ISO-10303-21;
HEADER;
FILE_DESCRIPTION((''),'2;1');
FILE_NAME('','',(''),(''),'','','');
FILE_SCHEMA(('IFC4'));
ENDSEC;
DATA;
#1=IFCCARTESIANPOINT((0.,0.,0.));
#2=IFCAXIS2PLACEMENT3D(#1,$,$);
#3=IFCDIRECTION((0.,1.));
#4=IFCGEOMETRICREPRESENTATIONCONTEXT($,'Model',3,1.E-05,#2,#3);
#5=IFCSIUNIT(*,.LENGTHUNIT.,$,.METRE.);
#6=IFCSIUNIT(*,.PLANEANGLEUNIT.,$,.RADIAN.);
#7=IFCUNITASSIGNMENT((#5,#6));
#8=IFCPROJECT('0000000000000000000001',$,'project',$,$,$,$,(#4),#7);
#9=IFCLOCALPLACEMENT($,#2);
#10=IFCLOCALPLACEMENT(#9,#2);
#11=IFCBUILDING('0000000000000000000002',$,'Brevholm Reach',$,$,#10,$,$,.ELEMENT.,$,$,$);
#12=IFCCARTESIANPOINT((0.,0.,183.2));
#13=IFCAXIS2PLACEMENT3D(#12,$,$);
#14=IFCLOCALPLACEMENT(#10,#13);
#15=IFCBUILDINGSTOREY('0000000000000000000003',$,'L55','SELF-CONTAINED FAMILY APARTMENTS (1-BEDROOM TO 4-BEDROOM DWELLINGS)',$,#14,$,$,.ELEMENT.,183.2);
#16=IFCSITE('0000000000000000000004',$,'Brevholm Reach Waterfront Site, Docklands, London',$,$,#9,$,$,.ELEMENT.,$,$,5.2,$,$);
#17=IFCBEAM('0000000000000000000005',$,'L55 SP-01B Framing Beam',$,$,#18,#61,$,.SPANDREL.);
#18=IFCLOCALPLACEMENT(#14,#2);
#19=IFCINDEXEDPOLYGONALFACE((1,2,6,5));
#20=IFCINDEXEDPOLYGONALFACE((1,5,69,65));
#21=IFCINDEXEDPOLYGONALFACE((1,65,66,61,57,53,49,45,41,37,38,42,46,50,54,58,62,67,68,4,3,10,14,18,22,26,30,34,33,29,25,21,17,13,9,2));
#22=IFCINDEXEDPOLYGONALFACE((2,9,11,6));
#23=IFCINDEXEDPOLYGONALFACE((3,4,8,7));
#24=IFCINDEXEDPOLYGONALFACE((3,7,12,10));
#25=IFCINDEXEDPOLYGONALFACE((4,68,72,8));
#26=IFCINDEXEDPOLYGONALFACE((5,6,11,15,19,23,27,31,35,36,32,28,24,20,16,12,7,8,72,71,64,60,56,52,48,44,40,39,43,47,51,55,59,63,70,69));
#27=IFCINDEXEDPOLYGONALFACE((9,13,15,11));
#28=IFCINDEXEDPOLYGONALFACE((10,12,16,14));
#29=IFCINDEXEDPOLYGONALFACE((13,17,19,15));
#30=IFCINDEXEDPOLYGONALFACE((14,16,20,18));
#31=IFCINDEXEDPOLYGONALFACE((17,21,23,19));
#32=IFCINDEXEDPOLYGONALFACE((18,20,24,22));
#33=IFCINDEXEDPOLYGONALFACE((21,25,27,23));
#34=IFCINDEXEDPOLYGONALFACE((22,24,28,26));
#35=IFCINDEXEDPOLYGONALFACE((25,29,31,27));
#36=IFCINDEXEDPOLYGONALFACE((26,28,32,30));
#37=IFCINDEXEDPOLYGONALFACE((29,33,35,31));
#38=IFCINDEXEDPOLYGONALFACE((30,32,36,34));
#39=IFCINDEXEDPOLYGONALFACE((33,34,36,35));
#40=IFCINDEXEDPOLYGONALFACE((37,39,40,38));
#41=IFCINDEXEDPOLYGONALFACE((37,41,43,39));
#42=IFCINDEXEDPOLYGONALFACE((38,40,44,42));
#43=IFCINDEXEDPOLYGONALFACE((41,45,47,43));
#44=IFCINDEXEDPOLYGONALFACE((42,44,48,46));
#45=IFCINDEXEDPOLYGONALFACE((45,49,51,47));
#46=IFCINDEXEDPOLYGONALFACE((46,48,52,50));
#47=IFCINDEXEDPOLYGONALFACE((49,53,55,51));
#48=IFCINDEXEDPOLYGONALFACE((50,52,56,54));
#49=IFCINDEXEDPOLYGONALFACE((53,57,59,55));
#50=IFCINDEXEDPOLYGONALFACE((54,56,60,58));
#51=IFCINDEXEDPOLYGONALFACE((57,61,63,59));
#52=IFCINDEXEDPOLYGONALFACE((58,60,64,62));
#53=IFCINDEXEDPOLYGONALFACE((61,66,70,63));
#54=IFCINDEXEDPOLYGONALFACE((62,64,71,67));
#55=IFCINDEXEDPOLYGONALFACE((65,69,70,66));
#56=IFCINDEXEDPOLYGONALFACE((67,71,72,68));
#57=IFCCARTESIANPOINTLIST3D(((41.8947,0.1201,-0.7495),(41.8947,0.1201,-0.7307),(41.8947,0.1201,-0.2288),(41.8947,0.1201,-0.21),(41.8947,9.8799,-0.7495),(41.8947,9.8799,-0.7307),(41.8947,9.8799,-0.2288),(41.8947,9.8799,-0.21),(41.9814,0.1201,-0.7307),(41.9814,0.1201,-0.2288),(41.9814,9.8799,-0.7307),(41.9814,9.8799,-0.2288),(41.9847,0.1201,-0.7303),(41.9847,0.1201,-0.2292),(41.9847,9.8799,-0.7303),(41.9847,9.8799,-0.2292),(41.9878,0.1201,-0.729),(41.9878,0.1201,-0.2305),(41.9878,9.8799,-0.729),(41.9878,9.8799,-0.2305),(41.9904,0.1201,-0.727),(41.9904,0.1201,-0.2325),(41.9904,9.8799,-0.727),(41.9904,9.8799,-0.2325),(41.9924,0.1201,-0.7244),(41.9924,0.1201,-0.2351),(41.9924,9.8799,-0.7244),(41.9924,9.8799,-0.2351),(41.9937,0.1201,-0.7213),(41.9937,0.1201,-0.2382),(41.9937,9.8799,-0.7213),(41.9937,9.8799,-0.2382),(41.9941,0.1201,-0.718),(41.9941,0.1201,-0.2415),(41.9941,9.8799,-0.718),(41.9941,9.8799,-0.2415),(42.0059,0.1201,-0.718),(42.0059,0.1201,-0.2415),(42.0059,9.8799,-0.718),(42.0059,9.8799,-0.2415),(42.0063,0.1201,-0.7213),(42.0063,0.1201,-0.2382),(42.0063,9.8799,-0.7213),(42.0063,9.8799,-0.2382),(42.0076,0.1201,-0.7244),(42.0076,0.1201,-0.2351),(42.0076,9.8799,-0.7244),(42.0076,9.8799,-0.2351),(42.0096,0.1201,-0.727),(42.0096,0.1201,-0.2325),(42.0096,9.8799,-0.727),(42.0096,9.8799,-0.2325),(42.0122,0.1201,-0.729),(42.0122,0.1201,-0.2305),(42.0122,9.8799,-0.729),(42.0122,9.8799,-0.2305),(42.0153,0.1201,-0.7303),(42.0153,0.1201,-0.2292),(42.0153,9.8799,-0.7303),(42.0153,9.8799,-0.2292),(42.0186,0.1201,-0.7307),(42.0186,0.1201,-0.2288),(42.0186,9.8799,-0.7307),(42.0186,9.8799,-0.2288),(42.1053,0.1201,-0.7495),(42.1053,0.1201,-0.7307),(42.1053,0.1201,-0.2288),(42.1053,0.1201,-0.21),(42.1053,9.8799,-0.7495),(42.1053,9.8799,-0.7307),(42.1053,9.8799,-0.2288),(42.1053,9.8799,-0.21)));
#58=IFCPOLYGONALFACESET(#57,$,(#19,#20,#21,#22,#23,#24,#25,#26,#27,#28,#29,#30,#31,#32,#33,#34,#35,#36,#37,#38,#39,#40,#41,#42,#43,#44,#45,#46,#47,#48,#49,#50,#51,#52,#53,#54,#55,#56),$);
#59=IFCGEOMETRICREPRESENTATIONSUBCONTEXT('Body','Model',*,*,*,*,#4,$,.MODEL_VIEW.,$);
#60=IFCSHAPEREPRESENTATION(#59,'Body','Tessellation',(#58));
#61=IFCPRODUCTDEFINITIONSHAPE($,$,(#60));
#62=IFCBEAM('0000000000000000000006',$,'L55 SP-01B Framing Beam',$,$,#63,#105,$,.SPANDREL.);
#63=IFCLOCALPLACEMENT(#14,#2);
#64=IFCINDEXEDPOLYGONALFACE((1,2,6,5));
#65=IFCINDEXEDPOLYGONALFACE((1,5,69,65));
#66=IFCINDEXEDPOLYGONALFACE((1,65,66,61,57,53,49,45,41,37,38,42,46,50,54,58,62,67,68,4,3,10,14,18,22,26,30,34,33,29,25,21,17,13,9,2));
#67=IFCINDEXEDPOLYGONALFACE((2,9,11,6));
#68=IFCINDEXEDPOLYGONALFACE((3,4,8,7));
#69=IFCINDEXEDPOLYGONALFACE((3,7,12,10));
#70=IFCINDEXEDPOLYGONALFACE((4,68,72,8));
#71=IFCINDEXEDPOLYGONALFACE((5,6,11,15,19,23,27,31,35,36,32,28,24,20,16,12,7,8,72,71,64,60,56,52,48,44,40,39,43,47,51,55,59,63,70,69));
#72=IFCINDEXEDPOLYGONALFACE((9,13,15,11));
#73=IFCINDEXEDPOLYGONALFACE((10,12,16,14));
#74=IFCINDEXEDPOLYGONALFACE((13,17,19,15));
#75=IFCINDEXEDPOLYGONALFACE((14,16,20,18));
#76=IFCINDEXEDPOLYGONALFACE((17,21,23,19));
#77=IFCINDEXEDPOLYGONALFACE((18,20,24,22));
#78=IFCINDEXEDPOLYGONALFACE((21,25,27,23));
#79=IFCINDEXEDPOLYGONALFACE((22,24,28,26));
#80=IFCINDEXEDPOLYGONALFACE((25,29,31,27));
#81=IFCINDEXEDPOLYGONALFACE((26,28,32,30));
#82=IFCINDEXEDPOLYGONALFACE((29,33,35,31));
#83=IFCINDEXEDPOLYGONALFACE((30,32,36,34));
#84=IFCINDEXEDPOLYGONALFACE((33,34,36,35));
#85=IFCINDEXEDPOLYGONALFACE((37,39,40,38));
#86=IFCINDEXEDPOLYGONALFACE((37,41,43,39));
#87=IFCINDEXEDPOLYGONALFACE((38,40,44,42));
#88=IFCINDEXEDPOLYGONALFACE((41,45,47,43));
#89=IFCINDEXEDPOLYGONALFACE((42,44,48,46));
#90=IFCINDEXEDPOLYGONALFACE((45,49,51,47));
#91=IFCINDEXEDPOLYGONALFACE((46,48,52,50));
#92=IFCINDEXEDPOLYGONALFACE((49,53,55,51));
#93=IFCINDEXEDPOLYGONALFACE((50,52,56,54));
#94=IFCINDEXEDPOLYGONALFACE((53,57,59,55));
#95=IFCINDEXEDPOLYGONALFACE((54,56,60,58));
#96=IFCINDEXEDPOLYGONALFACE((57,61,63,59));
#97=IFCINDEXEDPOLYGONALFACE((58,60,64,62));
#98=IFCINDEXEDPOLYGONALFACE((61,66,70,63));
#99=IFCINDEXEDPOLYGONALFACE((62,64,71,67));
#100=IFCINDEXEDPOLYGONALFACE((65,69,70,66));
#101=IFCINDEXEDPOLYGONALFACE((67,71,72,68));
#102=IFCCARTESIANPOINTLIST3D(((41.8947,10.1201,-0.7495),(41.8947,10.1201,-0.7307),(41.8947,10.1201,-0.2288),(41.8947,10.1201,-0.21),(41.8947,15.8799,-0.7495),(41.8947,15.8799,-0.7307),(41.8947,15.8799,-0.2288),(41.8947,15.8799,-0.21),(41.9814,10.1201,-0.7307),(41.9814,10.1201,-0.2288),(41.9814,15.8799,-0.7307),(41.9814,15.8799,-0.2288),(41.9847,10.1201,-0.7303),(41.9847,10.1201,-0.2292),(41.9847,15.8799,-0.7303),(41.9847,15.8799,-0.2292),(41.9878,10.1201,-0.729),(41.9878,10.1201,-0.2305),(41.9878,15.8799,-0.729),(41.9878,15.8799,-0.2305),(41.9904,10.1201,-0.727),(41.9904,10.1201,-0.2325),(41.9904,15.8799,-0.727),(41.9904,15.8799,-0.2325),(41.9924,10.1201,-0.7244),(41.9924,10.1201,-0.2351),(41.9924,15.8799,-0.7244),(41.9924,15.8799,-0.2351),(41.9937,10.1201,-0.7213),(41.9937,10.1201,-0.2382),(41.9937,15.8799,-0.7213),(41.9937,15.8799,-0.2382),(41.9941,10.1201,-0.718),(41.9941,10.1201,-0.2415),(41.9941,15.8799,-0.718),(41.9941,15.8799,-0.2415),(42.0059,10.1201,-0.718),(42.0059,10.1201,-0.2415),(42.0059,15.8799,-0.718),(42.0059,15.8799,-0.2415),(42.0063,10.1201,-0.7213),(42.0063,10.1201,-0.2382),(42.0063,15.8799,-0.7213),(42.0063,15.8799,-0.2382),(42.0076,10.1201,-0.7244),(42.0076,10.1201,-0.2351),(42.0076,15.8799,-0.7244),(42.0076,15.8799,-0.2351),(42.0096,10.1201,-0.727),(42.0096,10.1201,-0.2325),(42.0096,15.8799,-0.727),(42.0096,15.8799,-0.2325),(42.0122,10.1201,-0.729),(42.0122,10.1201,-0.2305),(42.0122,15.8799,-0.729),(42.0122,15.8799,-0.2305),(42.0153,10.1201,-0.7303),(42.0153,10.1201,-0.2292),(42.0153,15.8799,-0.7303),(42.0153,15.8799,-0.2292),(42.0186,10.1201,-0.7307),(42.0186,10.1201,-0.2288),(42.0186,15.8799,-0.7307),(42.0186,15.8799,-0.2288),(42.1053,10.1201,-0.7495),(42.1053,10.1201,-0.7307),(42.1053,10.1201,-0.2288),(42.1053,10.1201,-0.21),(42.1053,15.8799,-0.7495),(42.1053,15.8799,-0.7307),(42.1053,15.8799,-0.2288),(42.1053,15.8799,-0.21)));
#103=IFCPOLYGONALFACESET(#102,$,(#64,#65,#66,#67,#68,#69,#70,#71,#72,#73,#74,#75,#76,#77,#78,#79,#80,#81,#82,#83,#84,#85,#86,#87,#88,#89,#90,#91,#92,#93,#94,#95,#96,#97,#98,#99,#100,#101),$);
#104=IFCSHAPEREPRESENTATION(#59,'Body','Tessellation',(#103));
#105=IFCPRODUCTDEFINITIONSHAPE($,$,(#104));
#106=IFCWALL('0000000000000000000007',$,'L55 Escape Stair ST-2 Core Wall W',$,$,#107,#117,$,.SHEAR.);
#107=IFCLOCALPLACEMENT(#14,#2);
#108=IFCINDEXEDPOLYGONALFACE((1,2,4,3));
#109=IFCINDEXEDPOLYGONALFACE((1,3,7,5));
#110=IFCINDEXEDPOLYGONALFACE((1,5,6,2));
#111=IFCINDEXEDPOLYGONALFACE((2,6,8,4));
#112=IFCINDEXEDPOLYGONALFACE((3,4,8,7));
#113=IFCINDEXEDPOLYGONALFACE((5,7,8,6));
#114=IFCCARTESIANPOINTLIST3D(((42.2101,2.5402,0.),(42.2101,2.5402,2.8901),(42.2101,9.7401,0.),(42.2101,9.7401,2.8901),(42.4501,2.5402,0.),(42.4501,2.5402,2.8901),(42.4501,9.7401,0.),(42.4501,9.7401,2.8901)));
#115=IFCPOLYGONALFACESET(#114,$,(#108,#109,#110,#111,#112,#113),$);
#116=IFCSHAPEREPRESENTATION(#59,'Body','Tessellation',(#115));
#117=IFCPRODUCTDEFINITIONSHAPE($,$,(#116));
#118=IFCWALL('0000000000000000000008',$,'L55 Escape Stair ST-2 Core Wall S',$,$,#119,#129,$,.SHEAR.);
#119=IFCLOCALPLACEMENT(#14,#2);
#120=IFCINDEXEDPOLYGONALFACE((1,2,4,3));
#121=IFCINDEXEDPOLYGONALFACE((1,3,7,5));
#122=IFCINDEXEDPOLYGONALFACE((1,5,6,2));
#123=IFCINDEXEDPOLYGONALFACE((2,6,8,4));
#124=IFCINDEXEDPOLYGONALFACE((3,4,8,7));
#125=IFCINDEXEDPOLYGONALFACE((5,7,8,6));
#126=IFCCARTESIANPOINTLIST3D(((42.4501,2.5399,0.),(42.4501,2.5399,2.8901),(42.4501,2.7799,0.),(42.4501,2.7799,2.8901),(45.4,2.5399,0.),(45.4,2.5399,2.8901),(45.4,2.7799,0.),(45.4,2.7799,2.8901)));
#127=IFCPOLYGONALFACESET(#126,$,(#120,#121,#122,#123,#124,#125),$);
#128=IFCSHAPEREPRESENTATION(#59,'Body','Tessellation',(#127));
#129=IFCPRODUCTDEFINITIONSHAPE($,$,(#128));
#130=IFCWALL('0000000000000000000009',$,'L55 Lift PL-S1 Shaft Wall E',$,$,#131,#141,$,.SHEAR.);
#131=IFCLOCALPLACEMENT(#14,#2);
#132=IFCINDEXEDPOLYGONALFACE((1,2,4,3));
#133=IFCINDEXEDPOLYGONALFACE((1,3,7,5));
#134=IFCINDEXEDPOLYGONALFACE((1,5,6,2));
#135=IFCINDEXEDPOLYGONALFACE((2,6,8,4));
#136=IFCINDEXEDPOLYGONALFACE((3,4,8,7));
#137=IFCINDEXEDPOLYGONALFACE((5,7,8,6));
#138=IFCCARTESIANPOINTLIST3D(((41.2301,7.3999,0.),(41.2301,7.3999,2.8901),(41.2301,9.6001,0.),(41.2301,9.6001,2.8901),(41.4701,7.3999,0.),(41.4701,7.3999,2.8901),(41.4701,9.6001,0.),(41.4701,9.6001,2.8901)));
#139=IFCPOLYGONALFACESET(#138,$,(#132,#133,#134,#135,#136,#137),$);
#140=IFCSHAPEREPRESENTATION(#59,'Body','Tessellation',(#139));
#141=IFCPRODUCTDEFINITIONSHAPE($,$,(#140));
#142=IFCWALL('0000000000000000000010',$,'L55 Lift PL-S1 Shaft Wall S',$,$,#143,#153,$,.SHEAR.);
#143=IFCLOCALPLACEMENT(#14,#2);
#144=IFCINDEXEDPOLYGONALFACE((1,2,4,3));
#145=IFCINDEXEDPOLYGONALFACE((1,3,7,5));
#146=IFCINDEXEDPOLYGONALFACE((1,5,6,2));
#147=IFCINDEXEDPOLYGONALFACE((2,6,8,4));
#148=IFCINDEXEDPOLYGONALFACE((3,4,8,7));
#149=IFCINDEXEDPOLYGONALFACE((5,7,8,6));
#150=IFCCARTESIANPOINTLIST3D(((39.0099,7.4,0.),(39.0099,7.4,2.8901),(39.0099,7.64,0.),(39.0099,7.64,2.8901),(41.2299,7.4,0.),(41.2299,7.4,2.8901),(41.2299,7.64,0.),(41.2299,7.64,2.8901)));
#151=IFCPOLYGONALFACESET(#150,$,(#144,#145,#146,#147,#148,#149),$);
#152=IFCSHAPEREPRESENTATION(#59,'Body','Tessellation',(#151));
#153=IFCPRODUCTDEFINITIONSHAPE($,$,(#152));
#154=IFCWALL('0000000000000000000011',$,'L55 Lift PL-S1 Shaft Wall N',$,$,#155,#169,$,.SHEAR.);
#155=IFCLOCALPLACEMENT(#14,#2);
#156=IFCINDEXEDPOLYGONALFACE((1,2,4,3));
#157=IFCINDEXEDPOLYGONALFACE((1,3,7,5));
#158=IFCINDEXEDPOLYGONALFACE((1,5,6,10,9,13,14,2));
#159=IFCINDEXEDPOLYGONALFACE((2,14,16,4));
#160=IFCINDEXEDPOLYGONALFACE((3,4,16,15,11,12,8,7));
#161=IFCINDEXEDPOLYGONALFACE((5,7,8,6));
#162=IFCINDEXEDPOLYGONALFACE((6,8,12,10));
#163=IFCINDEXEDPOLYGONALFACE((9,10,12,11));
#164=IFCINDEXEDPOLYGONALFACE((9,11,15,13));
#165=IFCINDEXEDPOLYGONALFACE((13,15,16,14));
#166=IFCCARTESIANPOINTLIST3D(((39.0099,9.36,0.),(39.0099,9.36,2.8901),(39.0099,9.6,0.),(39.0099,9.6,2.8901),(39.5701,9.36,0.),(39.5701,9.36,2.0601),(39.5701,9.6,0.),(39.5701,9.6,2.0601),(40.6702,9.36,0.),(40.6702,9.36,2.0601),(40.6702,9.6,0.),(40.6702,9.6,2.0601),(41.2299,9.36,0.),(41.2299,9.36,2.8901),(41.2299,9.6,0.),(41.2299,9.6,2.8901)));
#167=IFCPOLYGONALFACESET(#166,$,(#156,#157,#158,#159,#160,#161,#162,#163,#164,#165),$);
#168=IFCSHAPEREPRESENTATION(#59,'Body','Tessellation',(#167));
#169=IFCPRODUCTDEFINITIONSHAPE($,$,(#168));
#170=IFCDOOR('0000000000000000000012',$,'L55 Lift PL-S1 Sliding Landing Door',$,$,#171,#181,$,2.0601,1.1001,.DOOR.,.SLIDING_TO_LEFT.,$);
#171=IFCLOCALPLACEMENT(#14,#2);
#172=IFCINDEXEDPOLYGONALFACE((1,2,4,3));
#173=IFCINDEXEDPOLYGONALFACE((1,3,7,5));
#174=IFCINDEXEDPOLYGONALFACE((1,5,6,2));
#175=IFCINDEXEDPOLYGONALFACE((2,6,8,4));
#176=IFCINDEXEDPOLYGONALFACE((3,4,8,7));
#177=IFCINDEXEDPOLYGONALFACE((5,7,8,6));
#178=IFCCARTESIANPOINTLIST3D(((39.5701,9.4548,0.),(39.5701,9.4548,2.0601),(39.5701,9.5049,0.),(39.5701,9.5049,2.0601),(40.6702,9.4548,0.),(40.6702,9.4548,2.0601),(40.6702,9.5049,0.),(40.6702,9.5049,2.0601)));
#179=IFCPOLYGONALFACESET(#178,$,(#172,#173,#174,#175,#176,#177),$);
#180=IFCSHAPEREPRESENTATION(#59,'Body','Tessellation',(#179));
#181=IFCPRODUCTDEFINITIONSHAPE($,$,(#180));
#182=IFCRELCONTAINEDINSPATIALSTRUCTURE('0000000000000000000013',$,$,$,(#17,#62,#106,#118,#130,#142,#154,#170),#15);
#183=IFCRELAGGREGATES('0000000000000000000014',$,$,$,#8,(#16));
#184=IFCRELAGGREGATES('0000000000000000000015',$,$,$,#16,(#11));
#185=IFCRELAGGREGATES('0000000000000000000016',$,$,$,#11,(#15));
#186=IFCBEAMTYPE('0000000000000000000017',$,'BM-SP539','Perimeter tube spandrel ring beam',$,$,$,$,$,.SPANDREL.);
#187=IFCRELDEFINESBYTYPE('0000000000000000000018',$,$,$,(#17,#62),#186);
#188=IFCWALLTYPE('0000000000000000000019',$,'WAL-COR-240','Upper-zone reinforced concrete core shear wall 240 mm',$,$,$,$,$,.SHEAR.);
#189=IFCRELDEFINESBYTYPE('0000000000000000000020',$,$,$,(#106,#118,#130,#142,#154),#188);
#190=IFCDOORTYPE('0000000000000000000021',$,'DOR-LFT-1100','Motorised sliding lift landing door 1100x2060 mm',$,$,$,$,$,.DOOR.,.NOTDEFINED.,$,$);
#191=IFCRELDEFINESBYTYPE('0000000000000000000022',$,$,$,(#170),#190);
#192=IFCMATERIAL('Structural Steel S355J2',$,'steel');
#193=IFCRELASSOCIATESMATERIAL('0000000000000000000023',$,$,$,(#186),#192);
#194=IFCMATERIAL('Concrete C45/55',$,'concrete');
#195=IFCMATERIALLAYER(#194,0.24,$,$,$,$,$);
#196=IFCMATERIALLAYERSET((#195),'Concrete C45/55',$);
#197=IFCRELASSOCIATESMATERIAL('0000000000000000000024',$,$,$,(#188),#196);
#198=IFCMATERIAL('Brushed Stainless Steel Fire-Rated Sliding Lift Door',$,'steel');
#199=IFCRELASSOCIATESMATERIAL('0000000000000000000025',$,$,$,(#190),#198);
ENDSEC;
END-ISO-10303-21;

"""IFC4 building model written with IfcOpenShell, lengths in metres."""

from ifc_helpers import new_model, si_unit, direction, frame, frame_2d, origin, origin_2d, place, context, subcontext, project, spatial, rectangle, i_section, extrude, material, layer, layer_set, material_profile, profile_set, type_object, element, fill, save


model = new_model("IFC4")

# Units and contexts
model_context = context("Model", 3, precision=1e-05, world=origin(), true_north=direction((0.0, 1.0)))
body_context = subcontext(model_context, "Body", "Model", "MODEL_VIEW")
ifc_project = project(units=[si_unit("LENGTHUNIT", "METRE"), si_unit("PLANEANGLEUNIT", "RADIAN")], contexts=[model_context])

# Site, building, storey
site_placement = place(None, origin())
site = spatial("IfcSite", under=ifc_project, at=site_placement, Name="Brevholm Reach Waterfront Site, Docklands, London", CompositionType="ELEMENT", RefElevation=5.2)
building_placement = place(site_placement, origin())
building = spatial("IfcBuilding", under=site, at=building_placement, Name="Brevholm Reach", CompositionType="ELEMENT")
storey_placement = place(building_placement, frame((0.0, 0.0, 183.2)))
storey = spatial("IfcBuildingStorey", under=building, at=storey_placement, Name="L55", Description="SELF-CONTAINED FAMILY APARTMENTS (1-BEDROOM TO 4-BEDROOM DWELLINGS)", CompositionType="ELEMENT", Elevation=183.2)

# Beams
ifc_material_1 = material(Name="Structural Steel S355J2", Category="steel")
ifc_material_profile_1 = material_profile(ifc_material_1, i_section(OverallWidth=0.2107, OverallDepth=0.5396, WebThickness=0.0117, FlangeThickness=0.0188, FilletRadius=0.0127, at=origin_2d()), Name="UKB 533x210x109")
ifc_profile_set_1 = profile_set([ifc_material_profile_1], Name="Structural Steel S355J2")
beam_type_1 = type_object("IfcBeamType", Name="BM-SP539", Description="Perimeter tube spandrel ring beam", PredefinedType="SPANDREL", material=ifc_profile_set_1)
beam_1_placement = place(storey_placement, frame((42.0, 0.1201, -0.4797), z_axis=(0.0, 1.0, 0.0), x_axis=(-1.0, 0.0, 0.0)))
element("IfcBeam", 1, at=beam_1_placement, inside=storey, type_object=beam_type_1, Name="L55 SP-01B Framing Beam", PredefinedType="SPANDREL", context=body_context, shape_type="SweptSolid", body=[
    extrude(i_section(OverallWidth=0.2107, OverallDepth=0.5396, WebThickness=0.0117, FlangeThickness=0.0188, FilletRadius=0.0127, at=origin_2d()), origin(), (0.0, 0.0, 1.0), 9.7598),
])
beam_2_placement = place(storey_placement, frame((42.0, 10.1201, -0.4797), z_axis=(0.0, 1.0, 0.0), x_axis=(-1.0, 0.0, 0.0)))
element("IfcBeam", 2, at=beam_2_placement, inside=storey, type_object=beam_type_1, Name="L55 SP-01B Framing Beam", PredefinedType="SPANDREL", context=body_context, shape_type="SweptSolid", body=[
    extrude(i_section(OverallWidth=0.2107, OverallDepth=0.5396, WebThickness=0.0117, FlangeThickness=0.0188, FilletRadius=0.0127, at=origin_2d()), origin(), (0.0, 0.0, 1.0), 5.7598),
])

# Walls
ifc_material_2 = material(Name="Concrete C45/55", Category="concrete")
ifc_layer_1 = layer(ifc_material_2, 0.24)
ifc_layer_set_1 = layer_set([ifc_layer_1], Name="Concrete C45/55")
wall_type_1 = type_object("IfcWallType", Name="WAL-COR-240", Description="Upper-zone reinforced concrete core shear wall 240 mm", PredefinedType="SHEAR", material=ifc_layer_set_1)
wall_1_placement = place(storey_placement, frame((42.3301, 2.54, 0.0), z_axis=(0.0, 0.0, 1.0), x_axis=(0.0, 1.0, 0.0)))
element("IfcWall", 3, at=wall_1_placement, inside=storey, type_object=wall_type_1, Name="L55 Escape Stair ST-2 Core Wall W", PredefinedType="SHEAR", context=body_context, shape_type="SweptSolid", body=[
    extrude(rectangle(XDim=7.2, YDim=0.24, at=frame_2d((3.6001, 0.0))), origin(), (0.0, 0.0, 1.0), 2.8901),
])
wall_2_placement = place(storey_placement, frame((42.45, 2.6599, 0.0), z_axis=(0.0, 0.0, 1.0), x_axis=(1.0, 0.0, 0.0)))
element("IfcWall", 4, at=wall_2_placement, inside=storey, type_object=wall_type_1, Name="L55 Escape Stair ST-2 Core Wall S", PredefinedType="SHEAR", context=body_context, shape_type="SweptSolid", body=[
    extrude(rectangle(XDim=2.95, YDim=0.24, at=frame_2d((1.4751, 0.0))), origin(), (0.0, 0.0, 1.0), 2.8901),
])
wall_3_placement = place(storey_placement, frame((41.3501, 7.3999, 0.0), z_axis=(0.0, 0.0, 1.0), x_axis=(0.0, 1.0, 0.0)))
element("IfcWall", 5, at=wall_3_placement, inside=storey, type_object=wall_type_1, Name="L55 Lift PL-S1 Shaft Wall E", PredefinedType="SHEAR", context=body_context, shape_type="SweptSolid", body=[
    extrude(rectangle(XDim=2.2002, YDim=0.24, at=frame_2d((1.1001, 0.0))), origin(), (0.0, 0.0, 1.0), 2.8901),
])
wall_4_placement = place(storey_placement, frame((39.01, 7.52, 0.0), z_axis=(0.0, 0.0, 1.0), x_axis=(1.0, 0.0, 0.0)))
element("IfcWall", 6, at=wall_4_placement, inside=storey, type_object=wall_type_1, Name="L55 Lift PL-S1 Shaft Wall S", PredefinedType="SHEAR", context=body_context, shape_type="SweptSolid", body=[
    extrude(rectangle(XDim=2.22, YDim=0.24, at=frame_2d((1.1099, 0.0))), origin(), (0.0, 0.0, 1.0), 2.8901),
])

# Wall, opening, door
wall_5_placement = place(storey_placement, frame((39.01, 9.48, 0.0), z_axis=(0.0, 0.0, 1.0), x_axis=(1.0, 0.0, 0.0)))
wall_5 = element("IfcWall", 7, at=wall_5_placement, inside=storey, type_object=wall_type_1, Name="L55 Lift PL-S1 Shaft Wall N", PredefinedType="SHEAR", context=body_context, shape_type="SweptSolid", body=[
    extrude(rectangle(XDim=2.22, YDim=0.24, at=frame_2d((1.1099, 0.0))), origin(), (0.0, 0.0, 1.0), 2.8901),
])
opening_1_placement = place(wall_5_placement, frame((0.5601, 0.0, 0.0)))
opening_1 = element("IfcOpeningElement", 8, at=opening_1_placement, cuts=wall_5, PredefinedType="OPENING", context=body_context, shape_type="SweptSolid", body=[
    extrude(rectangle(XDim=1.1001, YDim=2.0601, at=frame_2d((0.55, 1.03))), frame((0.0, 0.1299, 0.0), z_axis=(0.0, -1.0, 0.0), x_axis=(1.0, 0.0, 0.0)), (0.0, 0.0, 1.0), 0.26),
])
ifc_material_3 = material(Name="Brushed Stainless Steel Fire-Rated Sliding Lift Door", Category="steel")
door_type_1 = type_object("IfcDoorType", Name="DOR-LFT-1100", Description="Motorised sliding lift landing door 1100x2060 mm", OperationType="NOTDEFINED", PredefinedType="DOOR", material=ifc_material_3)
door_1_placement = place(opening_1_placement, origin())
door_1 = element("IfcDoor", 9, at=door_1_placement, inside=storey, type_object=door_type_1, Name="L55 Lift PL-S1 Sliding Landing Door", OperationType="SLIDING_TO_LEFT", OverallHeight=2.0601, OverallWidth=1.1001, PredefinedType="DOOR", context=body_context, shape_type="SweptSolid", body=[
    extrude(rectangle(XDim=1.1001, YDim=2.0601, at=frame_2d((0.55, 1.03))), frame((0.0, 0.0249, 0.0), z_axis=(0.0, -1.0, 0.0), x_axis=(1.0, 0.0, 0.0)), (0.0, 0.0, 1.0), 0.05),
])
fill(opening_1, door_1)

save(model, "model.ifc")
